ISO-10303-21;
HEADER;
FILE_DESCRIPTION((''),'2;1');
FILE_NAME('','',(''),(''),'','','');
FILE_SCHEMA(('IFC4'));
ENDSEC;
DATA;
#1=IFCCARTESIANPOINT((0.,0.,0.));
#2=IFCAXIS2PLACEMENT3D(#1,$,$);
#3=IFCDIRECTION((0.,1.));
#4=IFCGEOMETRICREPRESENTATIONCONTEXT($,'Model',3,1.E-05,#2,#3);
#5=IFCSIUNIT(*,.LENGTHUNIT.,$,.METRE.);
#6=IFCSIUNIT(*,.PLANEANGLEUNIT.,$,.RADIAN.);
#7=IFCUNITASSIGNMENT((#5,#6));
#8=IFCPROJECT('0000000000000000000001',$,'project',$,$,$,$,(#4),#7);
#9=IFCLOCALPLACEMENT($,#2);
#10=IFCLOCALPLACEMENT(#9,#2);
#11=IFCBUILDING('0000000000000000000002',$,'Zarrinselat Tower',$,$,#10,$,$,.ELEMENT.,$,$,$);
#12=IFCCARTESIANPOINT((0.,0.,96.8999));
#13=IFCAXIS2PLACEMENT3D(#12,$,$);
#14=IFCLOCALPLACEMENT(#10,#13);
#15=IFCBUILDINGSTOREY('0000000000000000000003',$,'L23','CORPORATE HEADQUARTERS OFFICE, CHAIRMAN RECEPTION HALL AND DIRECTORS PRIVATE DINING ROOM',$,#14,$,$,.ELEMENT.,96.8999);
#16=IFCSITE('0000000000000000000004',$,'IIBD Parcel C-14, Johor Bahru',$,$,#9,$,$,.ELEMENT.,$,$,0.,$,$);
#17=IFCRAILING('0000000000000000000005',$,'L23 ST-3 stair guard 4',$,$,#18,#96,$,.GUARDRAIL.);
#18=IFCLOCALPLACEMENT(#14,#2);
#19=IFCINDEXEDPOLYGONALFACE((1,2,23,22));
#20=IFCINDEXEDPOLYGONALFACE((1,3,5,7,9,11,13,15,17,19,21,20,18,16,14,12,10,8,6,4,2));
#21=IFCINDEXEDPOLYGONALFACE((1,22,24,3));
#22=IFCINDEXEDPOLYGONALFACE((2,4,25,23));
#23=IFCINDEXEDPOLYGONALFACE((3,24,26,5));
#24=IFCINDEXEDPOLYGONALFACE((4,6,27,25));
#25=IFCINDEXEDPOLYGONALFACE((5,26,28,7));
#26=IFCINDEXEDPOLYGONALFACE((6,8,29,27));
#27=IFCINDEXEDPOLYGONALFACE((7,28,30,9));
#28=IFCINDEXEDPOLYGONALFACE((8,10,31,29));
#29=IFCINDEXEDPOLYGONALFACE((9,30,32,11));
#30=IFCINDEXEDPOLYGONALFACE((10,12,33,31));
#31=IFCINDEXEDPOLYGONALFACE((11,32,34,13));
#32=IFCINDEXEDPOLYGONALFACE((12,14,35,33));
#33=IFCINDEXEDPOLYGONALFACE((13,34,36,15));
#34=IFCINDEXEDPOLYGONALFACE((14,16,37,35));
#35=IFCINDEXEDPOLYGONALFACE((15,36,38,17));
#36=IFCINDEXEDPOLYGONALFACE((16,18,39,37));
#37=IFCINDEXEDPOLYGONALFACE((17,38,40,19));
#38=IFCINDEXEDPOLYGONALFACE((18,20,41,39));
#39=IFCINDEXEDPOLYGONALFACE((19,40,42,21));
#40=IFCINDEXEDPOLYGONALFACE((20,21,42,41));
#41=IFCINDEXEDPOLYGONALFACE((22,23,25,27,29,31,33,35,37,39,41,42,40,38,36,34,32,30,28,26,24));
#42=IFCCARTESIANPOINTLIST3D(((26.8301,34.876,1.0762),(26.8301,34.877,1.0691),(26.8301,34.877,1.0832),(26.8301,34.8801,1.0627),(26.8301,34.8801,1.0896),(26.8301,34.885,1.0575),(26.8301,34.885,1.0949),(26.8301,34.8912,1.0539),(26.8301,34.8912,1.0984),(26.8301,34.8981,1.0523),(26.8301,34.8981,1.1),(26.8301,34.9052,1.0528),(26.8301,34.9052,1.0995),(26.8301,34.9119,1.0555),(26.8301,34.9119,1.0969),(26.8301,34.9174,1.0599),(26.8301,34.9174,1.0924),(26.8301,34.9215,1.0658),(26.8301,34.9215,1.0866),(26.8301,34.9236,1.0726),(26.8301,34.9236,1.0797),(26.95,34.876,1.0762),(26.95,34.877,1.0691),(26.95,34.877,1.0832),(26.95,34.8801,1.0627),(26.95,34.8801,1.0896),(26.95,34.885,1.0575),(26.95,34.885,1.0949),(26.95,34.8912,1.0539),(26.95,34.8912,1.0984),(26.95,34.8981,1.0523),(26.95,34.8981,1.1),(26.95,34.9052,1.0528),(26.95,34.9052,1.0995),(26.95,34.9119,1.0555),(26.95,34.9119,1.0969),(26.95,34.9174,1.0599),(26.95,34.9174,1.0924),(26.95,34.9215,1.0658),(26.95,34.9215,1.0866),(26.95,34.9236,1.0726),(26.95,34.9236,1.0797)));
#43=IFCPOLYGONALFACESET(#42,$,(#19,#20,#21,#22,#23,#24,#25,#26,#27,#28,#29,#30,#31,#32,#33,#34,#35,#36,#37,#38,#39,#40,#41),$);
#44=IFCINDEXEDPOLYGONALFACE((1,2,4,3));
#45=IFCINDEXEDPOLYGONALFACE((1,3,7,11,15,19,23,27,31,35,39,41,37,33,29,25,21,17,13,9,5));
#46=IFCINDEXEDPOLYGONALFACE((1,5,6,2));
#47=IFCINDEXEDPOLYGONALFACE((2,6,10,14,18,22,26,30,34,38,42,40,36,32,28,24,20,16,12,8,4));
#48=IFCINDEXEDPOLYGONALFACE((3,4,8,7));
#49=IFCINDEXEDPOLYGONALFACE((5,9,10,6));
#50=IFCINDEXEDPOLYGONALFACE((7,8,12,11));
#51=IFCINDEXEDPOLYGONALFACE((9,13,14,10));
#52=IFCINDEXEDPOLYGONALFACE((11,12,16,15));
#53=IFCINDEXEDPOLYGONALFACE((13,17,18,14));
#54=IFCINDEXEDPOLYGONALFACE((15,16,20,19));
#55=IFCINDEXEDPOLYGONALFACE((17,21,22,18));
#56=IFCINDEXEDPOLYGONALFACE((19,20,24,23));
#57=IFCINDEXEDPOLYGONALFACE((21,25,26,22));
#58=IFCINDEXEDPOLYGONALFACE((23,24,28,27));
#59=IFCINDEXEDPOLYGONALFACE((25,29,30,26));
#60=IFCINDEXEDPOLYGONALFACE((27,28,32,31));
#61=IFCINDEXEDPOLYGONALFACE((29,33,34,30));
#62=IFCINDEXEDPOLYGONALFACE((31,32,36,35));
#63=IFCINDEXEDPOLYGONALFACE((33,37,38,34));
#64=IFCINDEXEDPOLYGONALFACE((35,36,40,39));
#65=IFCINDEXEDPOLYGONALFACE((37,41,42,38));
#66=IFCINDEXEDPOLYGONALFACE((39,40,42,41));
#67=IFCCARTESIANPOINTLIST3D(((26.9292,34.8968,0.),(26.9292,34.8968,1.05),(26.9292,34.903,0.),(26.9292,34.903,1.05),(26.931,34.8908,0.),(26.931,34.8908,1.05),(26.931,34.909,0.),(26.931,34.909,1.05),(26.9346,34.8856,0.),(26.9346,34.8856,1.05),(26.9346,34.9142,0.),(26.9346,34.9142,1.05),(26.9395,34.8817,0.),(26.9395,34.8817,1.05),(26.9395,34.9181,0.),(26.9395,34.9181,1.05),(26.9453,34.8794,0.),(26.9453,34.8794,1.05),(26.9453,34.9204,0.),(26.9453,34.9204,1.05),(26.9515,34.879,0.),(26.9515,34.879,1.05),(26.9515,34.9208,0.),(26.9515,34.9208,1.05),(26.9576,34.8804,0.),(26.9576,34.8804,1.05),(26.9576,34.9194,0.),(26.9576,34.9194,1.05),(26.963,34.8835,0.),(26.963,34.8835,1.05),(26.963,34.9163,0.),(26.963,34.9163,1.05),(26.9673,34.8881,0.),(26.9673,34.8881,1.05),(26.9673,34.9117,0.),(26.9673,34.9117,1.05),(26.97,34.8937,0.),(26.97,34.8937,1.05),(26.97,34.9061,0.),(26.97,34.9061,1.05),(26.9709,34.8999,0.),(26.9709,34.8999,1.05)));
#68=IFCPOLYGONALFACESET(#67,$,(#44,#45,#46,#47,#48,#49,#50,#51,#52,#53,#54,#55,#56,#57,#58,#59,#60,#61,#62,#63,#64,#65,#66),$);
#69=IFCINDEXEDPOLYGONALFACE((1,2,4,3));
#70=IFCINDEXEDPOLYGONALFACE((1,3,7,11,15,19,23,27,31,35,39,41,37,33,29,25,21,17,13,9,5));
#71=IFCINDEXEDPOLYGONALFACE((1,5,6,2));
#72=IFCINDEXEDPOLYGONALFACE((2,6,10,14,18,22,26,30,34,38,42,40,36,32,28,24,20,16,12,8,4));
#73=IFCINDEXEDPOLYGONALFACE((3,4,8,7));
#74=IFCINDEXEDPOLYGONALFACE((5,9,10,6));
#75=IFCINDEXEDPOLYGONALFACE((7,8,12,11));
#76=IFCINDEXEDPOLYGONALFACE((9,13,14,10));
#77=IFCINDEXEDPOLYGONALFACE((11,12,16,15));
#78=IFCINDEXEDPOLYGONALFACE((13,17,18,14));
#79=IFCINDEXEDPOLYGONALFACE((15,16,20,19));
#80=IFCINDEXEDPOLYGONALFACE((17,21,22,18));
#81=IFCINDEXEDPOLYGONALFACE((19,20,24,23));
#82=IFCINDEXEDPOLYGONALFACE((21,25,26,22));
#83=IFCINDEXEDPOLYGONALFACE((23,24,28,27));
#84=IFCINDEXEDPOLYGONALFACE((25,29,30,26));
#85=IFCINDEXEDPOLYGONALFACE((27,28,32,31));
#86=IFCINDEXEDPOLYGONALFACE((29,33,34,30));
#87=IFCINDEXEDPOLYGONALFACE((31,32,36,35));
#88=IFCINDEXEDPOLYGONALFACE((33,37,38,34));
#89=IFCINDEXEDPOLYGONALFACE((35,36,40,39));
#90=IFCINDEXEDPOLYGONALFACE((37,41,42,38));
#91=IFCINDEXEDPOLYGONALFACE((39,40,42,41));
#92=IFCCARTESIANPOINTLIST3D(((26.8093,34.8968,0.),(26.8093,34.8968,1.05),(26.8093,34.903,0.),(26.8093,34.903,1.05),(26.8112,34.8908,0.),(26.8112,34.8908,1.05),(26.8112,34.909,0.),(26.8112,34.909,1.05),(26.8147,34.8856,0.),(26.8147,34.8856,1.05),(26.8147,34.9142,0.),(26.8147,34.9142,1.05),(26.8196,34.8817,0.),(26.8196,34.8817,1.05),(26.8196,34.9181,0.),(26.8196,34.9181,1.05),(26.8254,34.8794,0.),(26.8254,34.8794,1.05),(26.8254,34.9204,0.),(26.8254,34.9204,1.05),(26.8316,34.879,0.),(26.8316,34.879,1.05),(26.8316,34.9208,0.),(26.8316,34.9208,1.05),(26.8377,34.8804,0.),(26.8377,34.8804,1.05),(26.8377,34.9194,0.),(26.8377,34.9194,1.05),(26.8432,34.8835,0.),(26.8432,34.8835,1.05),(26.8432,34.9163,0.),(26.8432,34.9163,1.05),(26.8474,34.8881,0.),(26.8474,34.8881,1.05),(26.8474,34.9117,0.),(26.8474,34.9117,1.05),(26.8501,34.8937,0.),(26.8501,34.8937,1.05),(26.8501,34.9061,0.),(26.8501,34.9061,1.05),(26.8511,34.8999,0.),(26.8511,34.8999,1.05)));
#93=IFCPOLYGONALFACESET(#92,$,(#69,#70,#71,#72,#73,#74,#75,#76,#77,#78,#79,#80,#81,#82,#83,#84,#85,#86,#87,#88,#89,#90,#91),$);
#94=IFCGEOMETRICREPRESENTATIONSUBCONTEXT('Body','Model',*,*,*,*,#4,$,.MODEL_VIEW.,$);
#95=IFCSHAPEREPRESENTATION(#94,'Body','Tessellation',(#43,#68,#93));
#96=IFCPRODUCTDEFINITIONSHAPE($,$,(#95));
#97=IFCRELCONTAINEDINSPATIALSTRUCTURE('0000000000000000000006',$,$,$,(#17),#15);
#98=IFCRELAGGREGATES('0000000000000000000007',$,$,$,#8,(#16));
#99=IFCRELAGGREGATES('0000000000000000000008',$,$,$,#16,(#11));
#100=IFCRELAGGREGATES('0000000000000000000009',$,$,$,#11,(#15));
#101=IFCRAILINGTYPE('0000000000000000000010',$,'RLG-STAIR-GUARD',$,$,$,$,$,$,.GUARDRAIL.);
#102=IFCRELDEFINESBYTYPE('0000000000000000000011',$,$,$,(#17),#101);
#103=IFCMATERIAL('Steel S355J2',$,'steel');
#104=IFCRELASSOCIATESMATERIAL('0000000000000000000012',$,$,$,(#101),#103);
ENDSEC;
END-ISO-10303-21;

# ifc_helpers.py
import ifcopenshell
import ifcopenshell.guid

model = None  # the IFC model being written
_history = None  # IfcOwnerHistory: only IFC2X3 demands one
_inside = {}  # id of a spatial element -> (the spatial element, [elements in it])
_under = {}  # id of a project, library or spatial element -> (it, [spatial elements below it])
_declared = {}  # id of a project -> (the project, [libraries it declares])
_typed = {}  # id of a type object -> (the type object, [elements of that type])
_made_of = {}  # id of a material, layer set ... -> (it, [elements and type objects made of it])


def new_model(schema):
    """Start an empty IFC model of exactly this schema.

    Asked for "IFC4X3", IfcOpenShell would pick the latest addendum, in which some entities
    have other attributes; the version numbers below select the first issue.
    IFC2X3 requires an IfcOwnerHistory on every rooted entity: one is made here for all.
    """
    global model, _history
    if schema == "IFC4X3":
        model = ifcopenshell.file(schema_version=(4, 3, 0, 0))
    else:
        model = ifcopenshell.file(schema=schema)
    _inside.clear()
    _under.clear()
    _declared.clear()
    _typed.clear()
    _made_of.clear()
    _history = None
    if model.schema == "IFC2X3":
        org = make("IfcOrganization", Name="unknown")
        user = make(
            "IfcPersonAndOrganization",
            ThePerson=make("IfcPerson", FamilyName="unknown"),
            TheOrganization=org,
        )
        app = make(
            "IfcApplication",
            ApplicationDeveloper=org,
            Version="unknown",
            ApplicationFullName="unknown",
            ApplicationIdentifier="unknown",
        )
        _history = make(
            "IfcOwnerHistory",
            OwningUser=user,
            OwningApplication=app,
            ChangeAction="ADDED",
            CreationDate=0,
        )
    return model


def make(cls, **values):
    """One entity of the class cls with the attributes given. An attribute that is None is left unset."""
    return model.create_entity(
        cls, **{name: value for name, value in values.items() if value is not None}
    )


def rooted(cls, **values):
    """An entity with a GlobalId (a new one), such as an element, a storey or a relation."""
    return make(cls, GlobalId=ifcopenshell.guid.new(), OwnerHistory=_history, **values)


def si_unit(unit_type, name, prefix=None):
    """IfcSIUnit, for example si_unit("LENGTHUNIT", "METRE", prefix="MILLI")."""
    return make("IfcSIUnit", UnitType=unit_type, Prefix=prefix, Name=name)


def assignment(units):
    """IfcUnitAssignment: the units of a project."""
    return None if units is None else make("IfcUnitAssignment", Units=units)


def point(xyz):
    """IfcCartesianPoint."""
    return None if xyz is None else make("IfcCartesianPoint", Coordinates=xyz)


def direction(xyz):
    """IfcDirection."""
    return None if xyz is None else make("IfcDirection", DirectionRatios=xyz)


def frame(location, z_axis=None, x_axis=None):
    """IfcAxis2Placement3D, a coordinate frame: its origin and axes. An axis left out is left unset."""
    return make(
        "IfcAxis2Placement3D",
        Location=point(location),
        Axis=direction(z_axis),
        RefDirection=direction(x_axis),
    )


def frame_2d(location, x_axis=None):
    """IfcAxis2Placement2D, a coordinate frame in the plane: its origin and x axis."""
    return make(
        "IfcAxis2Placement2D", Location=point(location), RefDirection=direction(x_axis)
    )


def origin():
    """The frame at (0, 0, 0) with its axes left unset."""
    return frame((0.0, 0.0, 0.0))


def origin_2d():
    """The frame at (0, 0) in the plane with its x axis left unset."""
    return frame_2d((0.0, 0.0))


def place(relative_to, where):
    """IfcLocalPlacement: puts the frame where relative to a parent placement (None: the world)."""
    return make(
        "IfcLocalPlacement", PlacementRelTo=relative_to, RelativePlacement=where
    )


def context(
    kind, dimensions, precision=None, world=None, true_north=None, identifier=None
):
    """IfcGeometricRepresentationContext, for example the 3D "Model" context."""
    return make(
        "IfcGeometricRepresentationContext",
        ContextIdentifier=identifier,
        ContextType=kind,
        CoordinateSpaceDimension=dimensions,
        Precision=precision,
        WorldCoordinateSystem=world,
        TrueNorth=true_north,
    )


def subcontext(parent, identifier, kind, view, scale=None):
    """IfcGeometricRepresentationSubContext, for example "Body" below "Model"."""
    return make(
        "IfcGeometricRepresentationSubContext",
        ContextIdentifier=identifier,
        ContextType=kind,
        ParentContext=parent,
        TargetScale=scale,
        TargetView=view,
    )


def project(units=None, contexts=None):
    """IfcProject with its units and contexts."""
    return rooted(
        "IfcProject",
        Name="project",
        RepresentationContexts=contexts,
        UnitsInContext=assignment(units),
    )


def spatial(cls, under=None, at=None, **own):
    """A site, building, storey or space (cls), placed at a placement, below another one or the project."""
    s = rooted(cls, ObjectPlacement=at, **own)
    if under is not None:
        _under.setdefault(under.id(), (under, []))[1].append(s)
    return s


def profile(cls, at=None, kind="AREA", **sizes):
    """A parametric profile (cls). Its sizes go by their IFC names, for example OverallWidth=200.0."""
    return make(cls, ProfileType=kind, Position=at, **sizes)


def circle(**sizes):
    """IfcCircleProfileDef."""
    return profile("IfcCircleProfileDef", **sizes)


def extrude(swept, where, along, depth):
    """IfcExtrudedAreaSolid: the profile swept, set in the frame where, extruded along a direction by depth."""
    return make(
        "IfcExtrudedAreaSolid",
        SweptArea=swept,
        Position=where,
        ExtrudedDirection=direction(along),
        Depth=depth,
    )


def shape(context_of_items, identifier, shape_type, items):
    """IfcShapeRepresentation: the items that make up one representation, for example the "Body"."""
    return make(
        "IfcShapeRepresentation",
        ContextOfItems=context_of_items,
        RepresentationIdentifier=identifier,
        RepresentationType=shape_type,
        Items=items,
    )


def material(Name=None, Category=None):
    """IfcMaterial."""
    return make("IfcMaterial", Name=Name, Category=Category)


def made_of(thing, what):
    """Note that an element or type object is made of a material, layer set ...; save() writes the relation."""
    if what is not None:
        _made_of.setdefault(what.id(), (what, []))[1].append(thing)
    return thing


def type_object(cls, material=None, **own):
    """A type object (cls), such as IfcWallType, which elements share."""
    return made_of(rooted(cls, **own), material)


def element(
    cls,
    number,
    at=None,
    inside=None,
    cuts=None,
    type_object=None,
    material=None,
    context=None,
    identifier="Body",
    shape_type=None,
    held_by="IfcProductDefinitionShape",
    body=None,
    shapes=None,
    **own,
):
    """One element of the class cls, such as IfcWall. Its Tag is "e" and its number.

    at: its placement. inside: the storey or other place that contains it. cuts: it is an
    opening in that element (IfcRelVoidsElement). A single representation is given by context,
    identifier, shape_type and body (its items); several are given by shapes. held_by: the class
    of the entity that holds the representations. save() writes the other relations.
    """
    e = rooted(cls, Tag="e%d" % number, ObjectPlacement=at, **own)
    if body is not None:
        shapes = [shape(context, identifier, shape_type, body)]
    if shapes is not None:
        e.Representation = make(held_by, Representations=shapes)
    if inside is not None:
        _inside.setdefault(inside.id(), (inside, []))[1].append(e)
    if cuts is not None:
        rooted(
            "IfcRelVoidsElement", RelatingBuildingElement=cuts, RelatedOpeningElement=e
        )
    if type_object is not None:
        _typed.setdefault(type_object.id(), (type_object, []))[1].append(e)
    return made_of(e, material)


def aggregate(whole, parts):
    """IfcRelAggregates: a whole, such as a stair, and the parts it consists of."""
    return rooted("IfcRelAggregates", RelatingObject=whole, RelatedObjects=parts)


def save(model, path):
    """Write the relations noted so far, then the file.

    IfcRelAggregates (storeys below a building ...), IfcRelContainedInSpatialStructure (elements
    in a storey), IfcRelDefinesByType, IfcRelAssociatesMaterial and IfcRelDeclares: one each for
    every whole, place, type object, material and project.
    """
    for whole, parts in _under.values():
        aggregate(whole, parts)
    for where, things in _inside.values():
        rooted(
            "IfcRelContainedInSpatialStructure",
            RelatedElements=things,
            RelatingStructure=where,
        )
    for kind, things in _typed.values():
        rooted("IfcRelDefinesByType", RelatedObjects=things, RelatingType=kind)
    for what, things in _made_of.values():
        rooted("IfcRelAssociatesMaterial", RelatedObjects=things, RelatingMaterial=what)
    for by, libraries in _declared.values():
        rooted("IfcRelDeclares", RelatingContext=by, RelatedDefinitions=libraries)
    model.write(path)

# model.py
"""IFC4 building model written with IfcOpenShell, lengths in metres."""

from ifc_helpers import new_model, si_unit, direction, frame, origin, origin_2d, place, context, subcontext, project, spatial, circle, extrude, material, type_object, element, save


model = new_model("IFC4")

# Units and contexts
model_context = context("Model", 3, precision=1e-05, world=origin(), true_north=direction((0.0, 1.0)))
body_context = subcontext(model_context, "Body", "Model", "MODEL_VIEW")
ifc_project = project(units=[si_unit("LENGTHUNIT", "METRE"), si_unit("PLANEANGLEUNIT", "RADIAN")], contexts=[model_context])

# Site, building, storey
site_placement = place(None, origin())
site = spatial("IfcSite", under=ifc_project, at=site_placement, Name="IIBD Parcel C-14, Johor Bahru", CompositionType="ELEMENT", RefElevation=0.0)
building_placement = place(site_placement, origin())
building = spatial("IfcBuilding", under=site, at=building_placement, Name="Zarrinselat Tower", CompositionType="ELEMENT")
storey_placement = place(building_placement, frame((0.0, 0.0, 96.8999)))
storey = spatial("IfcBuildingStorey", under=building, at=storey_placement, Name="L23", Description="CORPORATE HEADQUARTERS OFFICE, CHAIRMAN RECEPTION HALL AND DIRECTORS PRIVATE DINING ROOM", CompositionType="ELEMENT", Elevation=96.8999)

# Railing
ifc_material_1 = material(Name="Steel S355J2", Category="steel")
railing_type_1 = type_object("IfcRailingType", Name="RLG-STAIR-GUARD", PredefinedType="GUARDRAIL", material=ifc_material_1)
railing_1_placement = place(storey_placement, frame((26.95, 34.8999, 0.0)))
element("IfcRailing", 1, at=railing_1_placement, inside=storey, type_object=railing_type_1, Name="L23 ST-3 stair guard 4", PredefinedType="GUARDRAIL", context=body_context, shape_type="SweptSolid", body=[
    extrude(circle(Radius=0.0239, at=origin_2d()), frame((0.0, 0.0, 1.0762), z_axis=(-1.0, 0.0, 0.0), x_axis=(0.0, -1.0, 0.0)), (0.0, 0.0, 1.0), 0.1199),
    extrude(circle(Radius=0.021, at=origin_2d()), origin(), (0.0, 0.0, 1.0), 1.05),
    extrude(circle(Radius=0.021, at=origin_2d()), frame((-0.1199, 0.0, 0.0)), (0.0, 0.0, 1.0), 1.05),
])

save(model, "model.ifc")
